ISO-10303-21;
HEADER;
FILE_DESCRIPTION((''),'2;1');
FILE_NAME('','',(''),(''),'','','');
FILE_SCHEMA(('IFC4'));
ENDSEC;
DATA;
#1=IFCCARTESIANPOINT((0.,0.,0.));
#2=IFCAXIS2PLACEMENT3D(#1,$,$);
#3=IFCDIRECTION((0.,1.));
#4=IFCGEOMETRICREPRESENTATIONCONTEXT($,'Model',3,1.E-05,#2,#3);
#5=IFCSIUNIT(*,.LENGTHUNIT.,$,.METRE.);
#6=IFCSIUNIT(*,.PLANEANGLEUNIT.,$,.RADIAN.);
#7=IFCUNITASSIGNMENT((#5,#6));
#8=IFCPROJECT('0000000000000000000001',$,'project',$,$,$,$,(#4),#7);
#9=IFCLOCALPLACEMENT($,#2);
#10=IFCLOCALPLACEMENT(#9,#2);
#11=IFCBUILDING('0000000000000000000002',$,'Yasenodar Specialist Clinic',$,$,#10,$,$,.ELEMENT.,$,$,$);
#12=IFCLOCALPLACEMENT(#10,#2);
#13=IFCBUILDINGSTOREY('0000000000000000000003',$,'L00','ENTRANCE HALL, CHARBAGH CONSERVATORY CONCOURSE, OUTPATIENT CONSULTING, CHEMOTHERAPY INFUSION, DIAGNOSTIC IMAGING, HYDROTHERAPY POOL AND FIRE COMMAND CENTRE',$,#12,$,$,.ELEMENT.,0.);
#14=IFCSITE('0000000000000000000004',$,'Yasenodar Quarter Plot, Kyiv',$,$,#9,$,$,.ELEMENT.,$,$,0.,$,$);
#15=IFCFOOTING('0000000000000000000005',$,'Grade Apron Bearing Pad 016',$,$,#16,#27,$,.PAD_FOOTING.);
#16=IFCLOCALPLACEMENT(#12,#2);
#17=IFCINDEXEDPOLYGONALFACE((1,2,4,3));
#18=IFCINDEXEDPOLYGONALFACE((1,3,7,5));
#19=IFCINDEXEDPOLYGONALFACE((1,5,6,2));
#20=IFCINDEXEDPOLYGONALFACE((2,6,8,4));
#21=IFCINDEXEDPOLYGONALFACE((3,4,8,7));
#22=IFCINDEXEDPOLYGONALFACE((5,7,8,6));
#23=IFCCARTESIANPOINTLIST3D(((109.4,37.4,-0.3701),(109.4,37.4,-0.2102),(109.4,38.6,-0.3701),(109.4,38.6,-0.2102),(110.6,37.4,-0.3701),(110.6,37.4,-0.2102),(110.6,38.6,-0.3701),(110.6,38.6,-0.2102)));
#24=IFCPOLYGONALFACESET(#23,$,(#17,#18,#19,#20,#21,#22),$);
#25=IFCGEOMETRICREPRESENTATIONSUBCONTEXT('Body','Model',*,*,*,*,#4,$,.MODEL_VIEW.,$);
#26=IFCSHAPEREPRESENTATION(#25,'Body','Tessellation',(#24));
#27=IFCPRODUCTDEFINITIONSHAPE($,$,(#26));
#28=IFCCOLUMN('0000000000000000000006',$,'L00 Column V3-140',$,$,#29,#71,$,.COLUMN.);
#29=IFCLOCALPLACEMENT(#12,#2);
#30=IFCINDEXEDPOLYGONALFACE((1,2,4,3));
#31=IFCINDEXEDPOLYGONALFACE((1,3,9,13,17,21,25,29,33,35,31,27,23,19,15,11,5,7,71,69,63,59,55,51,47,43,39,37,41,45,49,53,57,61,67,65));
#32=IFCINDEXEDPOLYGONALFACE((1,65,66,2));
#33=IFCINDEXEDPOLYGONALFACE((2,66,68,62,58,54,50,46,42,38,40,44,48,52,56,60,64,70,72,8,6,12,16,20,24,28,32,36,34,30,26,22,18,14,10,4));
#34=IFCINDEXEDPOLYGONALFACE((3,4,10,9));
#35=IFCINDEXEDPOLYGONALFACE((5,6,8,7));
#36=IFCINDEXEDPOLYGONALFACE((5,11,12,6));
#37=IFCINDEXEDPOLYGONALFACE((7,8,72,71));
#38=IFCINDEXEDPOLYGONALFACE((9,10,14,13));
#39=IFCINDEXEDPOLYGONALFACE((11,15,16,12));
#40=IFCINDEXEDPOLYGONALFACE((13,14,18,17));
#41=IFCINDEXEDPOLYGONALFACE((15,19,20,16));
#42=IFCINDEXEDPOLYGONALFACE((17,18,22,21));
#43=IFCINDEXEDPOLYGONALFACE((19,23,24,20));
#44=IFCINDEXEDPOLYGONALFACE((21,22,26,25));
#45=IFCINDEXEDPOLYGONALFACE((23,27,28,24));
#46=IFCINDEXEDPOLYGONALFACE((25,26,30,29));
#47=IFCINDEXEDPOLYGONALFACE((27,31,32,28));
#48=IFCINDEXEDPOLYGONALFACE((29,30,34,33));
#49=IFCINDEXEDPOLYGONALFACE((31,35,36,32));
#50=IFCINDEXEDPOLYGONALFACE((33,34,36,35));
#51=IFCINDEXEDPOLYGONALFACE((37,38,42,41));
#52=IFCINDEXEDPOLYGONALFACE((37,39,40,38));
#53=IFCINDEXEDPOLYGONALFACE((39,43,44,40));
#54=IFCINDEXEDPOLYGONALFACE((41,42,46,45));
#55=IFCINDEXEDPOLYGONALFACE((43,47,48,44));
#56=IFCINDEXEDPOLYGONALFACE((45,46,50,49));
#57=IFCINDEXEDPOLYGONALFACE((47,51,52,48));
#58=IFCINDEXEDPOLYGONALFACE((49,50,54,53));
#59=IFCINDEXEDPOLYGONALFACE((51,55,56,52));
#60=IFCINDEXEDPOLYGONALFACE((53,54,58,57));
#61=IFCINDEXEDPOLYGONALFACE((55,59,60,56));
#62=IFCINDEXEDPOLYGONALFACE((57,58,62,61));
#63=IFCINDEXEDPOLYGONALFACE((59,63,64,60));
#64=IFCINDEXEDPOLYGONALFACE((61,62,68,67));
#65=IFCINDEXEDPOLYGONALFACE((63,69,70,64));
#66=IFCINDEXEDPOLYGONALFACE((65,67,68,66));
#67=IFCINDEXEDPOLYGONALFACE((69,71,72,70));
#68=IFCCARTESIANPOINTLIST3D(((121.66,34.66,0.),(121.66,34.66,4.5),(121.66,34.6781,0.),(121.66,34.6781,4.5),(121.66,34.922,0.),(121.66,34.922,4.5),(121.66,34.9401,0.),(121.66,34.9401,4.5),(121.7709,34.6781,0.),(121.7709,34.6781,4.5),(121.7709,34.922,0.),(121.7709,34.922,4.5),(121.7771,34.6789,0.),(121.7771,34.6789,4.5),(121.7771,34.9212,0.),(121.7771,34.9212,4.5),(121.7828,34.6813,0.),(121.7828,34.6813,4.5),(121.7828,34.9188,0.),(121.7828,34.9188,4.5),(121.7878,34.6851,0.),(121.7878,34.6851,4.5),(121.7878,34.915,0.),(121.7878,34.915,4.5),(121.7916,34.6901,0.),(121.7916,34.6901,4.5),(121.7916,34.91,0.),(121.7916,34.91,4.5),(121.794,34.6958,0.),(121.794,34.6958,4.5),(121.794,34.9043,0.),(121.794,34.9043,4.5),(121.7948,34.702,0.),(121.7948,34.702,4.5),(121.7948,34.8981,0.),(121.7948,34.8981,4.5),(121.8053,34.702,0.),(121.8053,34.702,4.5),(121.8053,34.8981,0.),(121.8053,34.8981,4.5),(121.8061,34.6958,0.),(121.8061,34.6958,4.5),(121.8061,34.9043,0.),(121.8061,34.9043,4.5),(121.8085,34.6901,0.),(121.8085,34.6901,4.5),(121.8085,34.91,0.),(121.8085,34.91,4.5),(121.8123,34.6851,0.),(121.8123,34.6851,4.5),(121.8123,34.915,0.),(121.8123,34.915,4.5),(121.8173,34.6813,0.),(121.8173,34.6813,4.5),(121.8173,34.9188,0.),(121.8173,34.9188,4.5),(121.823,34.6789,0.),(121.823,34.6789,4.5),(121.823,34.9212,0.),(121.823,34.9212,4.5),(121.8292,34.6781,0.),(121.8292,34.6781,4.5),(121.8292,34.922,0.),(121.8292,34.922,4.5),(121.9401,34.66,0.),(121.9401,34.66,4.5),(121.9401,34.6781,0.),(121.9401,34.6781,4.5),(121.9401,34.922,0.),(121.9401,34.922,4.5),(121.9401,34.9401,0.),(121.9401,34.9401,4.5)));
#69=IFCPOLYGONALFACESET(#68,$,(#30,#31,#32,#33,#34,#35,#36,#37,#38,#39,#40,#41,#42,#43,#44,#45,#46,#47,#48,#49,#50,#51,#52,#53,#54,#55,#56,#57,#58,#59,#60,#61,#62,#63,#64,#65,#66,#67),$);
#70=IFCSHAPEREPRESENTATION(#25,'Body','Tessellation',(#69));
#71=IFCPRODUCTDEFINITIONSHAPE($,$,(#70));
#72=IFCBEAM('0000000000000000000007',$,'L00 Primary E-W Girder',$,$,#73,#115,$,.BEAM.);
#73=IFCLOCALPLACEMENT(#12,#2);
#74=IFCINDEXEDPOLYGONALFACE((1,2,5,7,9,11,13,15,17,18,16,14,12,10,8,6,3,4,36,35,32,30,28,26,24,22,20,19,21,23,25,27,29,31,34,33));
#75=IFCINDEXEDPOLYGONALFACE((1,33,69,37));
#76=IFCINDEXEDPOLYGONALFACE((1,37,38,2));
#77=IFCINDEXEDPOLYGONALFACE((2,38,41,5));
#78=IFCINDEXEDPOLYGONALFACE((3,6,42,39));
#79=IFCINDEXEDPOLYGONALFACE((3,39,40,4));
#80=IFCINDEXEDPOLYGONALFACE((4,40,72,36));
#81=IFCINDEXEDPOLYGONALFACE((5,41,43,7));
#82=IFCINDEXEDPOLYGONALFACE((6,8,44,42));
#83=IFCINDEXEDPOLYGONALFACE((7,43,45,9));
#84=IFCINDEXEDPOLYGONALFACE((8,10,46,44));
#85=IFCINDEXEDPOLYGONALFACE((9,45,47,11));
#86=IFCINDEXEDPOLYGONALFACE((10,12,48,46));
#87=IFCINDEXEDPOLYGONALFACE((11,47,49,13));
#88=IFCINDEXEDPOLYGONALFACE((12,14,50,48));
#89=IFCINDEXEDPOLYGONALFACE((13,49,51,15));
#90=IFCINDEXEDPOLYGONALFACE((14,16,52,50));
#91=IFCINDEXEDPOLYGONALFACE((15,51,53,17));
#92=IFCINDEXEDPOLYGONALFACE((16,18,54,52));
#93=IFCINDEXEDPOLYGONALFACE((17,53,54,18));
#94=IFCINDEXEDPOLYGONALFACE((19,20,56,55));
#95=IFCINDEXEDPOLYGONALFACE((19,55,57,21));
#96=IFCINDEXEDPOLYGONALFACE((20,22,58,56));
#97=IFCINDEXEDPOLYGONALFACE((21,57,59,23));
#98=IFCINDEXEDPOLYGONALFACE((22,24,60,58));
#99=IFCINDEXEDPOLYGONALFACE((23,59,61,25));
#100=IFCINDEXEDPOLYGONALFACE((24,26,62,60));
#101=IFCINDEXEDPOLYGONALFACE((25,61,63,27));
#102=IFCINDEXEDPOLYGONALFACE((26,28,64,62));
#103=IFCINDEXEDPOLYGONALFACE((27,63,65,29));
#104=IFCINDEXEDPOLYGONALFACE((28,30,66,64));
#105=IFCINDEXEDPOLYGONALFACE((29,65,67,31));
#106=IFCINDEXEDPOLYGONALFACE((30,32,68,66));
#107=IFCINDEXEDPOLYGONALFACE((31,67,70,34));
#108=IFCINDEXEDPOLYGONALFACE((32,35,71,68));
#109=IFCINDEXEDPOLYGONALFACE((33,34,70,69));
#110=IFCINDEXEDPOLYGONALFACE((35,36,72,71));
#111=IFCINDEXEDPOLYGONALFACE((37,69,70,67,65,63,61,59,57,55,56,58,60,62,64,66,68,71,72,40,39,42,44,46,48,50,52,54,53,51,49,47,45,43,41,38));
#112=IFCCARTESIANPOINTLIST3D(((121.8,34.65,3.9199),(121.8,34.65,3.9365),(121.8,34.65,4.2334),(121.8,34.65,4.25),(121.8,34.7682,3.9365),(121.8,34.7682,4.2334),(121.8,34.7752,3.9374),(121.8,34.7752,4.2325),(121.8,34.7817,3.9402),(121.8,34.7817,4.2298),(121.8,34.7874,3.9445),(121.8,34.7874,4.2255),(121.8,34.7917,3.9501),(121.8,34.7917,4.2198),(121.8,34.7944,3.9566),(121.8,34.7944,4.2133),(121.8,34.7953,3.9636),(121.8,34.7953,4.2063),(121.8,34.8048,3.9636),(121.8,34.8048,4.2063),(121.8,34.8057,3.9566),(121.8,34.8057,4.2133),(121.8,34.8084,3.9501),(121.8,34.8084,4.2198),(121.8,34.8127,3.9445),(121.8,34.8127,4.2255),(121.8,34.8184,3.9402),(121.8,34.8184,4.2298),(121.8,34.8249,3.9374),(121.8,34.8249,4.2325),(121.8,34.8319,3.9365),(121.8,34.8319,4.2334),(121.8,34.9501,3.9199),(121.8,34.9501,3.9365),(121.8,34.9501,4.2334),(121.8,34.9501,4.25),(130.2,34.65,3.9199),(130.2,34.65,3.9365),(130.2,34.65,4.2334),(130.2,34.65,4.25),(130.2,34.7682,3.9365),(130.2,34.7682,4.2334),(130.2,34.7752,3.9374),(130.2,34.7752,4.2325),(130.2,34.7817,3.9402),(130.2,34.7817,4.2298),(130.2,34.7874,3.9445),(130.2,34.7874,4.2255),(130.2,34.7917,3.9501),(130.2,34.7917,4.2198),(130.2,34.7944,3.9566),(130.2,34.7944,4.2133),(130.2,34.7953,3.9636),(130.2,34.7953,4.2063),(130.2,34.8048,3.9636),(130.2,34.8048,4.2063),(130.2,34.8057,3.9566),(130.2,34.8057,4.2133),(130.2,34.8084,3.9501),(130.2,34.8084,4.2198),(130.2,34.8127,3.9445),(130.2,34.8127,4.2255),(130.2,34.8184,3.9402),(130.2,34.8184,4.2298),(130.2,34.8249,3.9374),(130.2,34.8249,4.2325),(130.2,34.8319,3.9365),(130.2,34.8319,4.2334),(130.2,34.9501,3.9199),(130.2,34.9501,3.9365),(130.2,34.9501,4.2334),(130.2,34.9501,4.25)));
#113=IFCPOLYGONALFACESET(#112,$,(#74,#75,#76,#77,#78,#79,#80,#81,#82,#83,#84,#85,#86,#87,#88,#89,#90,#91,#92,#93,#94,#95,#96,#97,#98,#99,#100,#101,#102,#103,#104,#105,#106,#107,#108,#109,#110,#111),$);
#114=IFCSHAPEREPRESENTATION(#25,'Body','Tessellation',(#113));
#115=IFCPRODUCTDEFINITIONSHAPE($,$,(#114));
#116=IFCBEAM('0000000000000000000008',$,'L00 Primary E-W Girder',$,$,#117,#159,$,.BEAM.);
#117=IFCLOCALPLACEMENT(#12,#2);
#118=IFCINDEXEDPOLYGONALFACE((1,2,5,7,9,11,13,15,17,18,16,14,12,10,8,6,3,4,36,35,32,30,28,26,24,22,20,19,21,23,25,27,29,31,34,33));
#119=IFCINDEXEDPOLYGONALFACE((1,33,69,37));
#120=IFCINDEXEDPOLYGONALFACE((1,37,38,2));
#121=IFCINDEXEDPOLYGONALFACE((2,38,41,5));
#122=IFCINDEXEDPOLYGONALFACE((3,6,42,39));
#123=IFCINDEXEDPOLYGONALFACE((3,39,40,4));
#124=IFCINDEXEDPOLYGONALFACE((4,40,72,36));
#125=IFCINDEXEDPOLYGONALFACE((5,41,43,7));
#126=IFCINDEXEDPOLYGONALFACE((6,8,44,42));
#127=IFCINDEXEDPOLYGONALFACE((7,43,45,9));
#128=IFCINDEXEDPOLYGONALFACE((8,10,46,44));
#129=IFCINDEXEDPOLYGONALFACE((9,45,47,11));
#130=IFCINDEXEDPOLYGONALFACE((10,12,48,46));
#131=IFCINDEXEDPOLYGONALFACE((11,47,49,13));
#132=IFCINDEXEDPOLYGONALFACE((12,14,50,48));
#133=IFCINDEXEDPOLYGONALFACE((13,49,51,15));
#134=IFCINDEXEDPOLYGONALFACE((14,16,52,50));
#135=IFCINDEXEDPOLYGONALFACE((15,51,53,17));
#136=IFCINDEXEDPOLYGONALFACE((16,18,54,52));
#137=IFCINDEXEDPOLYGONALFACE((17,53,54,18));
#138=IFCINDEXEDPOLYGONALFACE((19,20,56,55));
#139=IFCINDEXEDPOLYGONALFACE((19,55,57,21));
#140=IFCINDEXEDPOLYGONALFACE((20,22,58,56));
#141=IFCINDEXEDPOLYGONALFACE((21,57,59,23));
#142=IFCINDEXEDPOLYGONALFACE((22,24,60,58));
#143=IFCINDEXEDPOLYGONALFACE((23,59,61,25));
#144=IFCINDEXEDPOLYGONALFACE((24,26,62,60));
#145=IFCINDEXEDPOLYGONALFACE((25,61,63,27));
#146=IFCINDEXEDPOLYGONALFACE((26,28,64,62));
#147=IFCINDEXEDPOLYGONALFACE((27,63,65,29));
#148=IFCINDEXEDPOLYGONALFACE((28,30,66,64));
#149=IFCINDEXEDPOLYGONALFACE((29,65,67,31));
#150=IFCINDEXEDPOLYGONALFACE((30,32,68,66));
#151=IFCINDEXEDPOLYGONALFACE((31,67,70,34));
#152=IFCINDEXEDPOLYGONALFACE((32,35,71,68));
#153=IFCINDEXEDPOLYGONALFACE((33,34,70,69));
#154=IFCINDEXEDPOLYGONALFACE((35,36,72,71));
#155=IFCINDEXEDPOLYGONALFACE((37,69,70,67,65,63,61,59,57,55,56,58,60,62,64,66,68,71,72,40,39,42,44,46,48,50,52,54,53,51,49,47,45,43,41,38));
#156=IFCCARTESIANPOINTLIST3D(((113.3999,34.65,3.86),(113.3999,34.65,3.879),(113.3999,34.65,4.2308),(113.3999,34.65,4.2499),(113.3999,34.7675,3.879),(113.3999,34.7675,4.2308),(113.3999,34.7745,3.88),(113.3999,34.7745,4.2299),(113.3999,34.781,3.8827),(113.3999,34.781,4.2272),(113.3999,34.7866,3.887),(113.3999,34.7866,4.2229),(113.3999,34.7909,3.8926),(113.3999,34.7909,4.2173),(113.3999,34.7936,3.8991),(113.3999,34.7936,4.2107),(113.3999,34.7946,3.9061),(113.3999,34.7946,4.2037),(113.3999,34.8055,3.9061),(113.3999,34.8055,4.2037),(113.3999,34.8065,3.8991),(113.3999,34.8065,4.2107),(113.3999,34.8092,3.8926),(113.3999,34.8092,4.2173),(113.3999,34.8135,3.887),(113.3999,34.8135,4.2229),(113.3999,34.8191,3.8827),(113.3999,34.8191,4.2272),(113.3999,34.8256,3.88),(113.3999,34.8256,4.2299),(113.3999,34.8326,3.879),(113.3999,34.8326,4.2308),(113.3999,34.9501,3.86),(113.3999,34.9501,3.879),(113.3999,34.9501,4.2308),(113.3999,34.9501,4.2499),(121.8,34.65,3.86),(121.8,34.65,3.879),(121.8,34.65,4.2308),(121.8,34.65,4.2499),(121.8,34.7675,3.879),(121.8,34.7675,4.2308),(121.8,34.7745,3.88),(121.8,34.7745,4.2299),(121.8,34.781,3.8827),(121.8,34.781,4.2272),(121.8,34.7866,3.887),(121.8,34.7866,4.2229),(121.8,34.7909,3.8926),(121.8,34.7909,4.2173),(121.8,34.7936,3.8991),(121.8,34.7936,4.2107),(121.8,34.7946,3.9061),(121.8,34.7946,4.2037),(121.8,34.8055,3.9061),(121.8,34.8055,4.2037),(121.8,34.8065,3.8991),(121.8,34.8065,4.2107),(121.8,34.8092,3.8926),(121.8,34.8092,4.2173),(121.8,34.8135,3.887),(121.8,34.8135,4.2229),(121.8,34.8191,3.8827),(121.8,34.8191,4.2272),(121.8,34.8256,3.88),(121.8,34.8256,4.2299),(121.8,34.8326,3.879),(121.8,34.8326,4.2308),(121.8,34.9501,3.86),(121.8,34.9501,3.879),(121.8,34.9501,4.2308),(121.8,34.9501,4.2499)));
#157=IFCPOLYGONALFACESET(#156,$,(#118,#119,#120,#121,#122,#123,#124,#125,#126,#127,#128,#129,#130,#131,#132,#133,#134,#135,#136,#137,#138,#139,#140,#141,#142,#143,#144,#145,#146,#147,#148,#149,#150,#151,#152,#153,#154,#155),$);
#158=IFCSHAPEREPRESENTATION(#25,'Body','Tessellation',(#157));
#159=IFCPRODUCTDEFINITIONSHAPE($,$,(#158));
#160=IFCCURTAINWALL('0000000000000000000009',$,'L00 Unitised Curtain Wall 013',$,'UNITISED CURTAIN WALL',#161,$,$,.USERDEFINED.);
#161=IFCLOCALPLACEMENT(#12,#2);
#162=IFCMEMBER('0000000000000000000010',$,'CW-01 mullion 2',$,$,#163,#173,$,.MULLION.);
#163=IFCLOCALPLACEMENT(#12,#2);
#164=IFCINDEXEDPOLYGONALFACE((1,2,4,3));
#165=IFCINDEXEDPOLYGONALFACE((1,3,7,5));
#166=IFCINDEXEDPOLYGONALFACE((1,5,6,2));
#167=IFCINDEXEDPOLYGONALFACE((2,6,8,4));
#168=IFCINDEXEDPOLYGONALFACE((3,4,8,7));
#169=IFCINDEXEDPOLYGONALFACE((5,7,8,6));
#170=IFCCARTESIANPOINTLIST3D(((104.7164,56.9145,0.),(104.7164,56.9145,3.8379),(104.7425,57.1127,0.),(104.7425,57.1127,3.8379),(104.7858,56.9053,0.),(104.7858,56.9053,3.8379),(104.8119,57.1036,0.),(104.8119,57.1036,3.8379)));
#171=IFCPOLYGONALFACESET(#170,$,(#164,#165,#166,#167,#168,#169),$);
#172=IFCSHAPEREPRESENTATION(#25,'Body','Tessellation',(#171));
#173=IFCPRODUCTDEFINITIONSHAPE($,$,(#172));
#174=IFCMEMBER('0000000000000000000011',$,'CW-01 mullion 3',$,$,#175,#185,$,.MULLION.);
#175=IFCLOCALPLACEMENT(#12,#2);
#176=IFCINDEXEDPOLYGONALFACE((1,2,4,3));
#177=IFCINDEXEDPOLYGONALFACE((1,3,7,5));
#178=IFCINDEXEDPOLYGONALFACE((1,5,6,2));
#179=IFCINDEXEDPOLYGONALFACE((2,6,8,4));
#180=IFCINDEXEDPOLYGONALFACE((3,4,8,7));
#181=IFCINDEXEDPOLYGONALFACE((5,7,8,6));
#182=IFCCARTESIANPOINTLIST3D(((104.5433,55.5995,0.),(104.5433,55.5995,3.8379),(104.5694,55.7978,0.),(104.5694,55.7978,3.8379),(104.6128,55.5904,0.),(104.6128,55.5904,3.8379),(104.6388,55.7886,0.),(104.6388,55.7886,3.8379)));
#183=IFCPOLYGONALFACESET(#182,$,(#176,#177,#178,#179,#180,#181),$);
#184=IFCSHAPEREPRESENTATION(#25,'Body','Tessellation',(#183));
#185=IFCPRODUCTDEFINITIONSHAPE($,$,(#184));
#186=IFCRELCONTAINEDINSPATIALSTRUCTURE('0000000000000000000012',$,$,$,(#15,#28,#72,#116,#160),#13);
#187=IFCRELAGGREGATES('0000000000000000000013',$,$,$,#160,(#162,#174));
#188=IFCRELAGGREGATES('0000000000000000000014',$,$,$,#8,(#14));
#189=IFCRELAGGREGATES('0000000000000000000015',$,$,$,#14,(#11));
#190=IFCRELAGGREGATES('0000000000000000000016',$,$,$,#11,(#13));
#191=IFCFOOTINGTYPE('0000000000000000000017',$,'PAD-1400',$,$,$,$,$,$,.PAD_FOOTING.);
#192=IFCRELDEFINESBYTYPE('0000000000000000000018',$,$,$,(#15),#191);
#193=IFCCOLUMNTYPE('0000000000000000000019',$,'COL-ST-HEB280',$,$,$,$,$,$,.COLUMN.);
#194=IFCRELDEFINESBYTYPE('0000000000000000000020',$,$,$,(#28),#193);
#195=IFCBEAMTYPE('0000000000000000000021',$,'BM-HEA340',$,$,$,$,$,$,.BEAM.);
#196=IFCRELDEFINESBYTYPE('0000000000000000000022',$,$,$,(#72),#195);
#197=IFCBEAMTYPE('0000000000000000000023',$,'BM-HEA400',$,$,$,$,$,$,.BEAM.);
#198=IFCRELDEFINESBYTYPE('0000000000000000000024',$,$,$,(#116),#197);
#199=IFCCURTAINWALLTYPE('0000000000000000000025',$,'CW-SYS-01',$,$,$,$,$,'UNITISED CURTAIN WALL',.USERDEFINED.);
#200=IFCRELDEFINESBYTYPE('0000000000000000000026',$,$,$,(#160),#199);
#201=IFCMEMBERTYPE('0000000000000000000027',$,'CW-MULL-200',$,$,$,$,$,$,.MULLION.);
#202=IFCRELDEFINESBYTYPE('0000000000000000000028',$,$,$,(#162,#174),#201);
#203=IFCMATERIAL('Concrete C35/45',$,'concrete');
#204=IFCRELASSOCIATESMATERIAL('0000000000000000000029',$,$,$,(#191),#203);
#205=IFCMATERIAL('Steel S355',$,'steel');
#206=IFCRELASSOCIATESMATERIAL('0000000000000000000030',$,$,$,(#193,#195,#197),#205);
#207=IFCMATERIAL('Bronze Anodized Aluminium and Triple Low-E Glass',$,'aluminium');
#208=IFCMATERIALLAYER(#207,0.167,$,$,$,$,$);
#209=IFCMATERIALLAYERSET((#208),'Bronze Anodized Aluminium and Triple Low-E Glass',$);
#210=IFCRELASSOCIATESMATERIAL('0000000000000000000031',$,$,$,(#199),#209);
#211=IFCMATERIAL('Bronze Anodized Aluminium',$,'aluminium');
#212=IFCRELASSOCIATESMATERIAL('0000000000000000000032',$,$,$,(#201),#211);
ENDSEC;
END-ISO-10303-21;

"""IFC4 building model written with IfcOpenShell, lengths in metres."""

from ifc_helpers import new_model, si_unit, direction, frame, origin, origin_2d, place, context, subcontext, project, spatial, rectangle, i_section, extrude, material, layer, layer_set, material_profile, profile_set, type_object, element, aggregate, save


model = new_model("IFC4")

# Units and contexts
model_context = context("Model", 3, precision=1e-05, world=origin(), true_north=direction((0.0, 1.0)))
body_context = subcontext(model_context, "Body", "Model", "MODEL_VIEW")
ifc_project = project(units=[si_unit("LENGTHUNIT", "METRE"), si_unit("PLANEANGLEUNIT", "RADIAN")], contexts=[model_context])

# Site, building, storey
site_placement = place(None, origin())
site = spatial("IfcSite", under=ifc_project, at=site_placement, Name="Yasenodar Quarter Plot, Kyiv", CompositionType="ELEMENT", RefElevation=0.0)
building_placement = place(site_placement, origin())
building = spatial("IfcBuilding", under=site, at=building_placement, Name="Yasenodar Specialist Clinic", CompositionType="ELEMENT")
storey_placement = place(building_placement, origin())
storey = spatial("IfcBuildingStorey", under=building, at=storey_placement, Name="L00", Description="ENTRANCE HALL, CHARBAGH CONSERVATORY CONCOURSE, OUTPATIENT CONSULTING, CHEMOTHERAPY INFUSION, DIAGNOSTIC IMAGING, HYDROTHERAPY POOL AND FIRE COMMAND CENTRE", CompositionType="ELEMENT", Elevation=0.0)

# Footing
ifc_material_1 = material(Name="Concrete C35/45", Category="concrete")
footing_type = type_object("IfcFootingType", Name="PAD-1400", PredefinedType="PAD_FOOTING", material=ifc_material_1)
footing_placement = place(storey_placement, frame((110.0, 38.0, -0.3701), z_axis=(0.0, 0.0, 1.0), x_axis=(1.0, 0.0, 0.0)))
element("IfcFooting", 1, at=footing_placement, inside=storey, type_object=footing_type, Name="Grade Apron Bearing Pad 016", PredefinedType="PAD_FOOTING", context=body_context, shape_type="SweptSolid", body=[
    extrude(rectangle(XDim=1.2, YDim=1.2, at=origin_2d()), origin(), (0.0, 0.0, 1.0), 0.1599),
])

# Column
ifc_material_2 = material(Name="Steel S355", Category="steel")
ifc_material_profile_1 = material_profile(ifc_material_2, i_section(OverallWidth=0.28, OverallDepth=0.28, WebThickness=0.0105, FlangeThickness=0.0181, FilletRadius=0.0239, at=origin_2d()), Name="HEB 280")
ifc_profile_set_1 = profile_set([ifc_material_profile_1], Name="Steel S355")
column_type = type_object("IfcColumnType", Name="COL-ST-HEB280", PredefinedType="COLUMN", material=ifc_profile_set_1)
column_placement = place(storey_placement, frame((121.8, 34.8, 0.0), z_axis=(0.0, 0.0, 1.0), x_axis=(1.0, 0.0, 0.0)))
element("IfcColumn", 2, at=column_placement, inside=storey, type_object=column_type, Name="L00 Column V3-140", PredefinedType="COLUMN", context=body_context, shape_type="SweptSolid", body=[
    extrude(i_section(OverallWidth=0.28, OverallDepth=0.28, WebThickness=0.0105, FlangeThickness=0.0181, FilletRadius=0.0239, at=origin_2d()), origin(), (0.0, 0.0, 1.0), 4.5),
])

# Beams
ifc_material_profile_2 = material_profile(ifc_material_2, i_section(OverallWidth=0.3, OverallDepth=0.3301, WebThickness=0.0095, FlangeThickness=0.0166, FilletRadius=0.0271, at=origin_2d()), Name="HEA 340")
ifc_profile_set_2 = profile_set([ifc_material_profile_2], Name="Steel S355")
beam_type_1 = type_object("IfcBeamType", Name="BM-HEA340", PredefinedType="BEAM", material=ifc_profile_set_2)
beam_1_placement = place(storey_placement, frame((121.8, 34.8, 4.085), z_axis=(1.0, 0.0, 0.0), x_axis=(0.0, 1.0, 0.0)))
element("IfcBeam", 3, at=beam_1_placement, inside=storey, type_object=beam_type_1, Name="L00 Primary E-W Girder", PredefinedType="BEAM", context=body_context, shape_type="SweptSolid", body=[
    extrude(i_section(OverallWidth=0.3, OverallDepth=0.3301, WebThickness=0.0095, FlangeThickness=0.0166, FilletRadius=0.0271, at=origin_2d()), origin(), (0.0, 0.0, 1.0), 8.3999),
])
ifc_material_profile_3 = material_profile(ifc_material_2, i_section(OverallWidth=0.3, OverallDepth=0.3899, WebThickness=0.011, FlangeThickness=0.019, FilletRadius=0.0271, at=origin_2d()), Name="HEA 400")
ifc_profile_set_3 = profile_set([ifc_material_profile_3], Name="Steel S355")
beam_type_2 = type_object("IfcBeamType", Name="BM-HEA400", PredefinedType="BEAM", material=ifc_profile_set_3)
beam_2_placement = place(storey_placement, frame((113.3999, 34.8, 4.0549), z_axis=(1.0, 0.0, 0.0), x_axis=(0.0, 1.0, 0.0)))
element("IfcBeam", 4, at=beam_2_placement, inside=storey, type_object=beam_type_2, Name="L00 Primary E-W Girder", PredefinedType="BEAM", context=body_context, shape_type="SweptSolid", body=[
    extrude(i_section(OverallWidth=0.3, OverallDepth=0.3899, WebThickness=0.011, FlangeThickness=0.019, FilletRadius=0.0271, at=origin_2d()), origin(), (0.0, 0.0, 1.0), 8.4001),
])

# Curtain wall, members
ifc_material_3 = material(Name="Bronze Anodized Aluminium and Triple Low-E Glass", Category="aluminium")
ifc_layer_1 = layer(ifc_material_3, 0.167)
ifc_layer_set_1 = layer_set([ifc_layer_1], Name="Bronze Anodized Aluminium and Triple Low-E Glass")
curtain_wall_type = type_object("IfcCurtainWallType", Name="CW-SYS-01", ElementType="UNITISED CURTAIN WALL", PredefinedType="USERDEFINED", material=ifc_layer_set_1)
curtain_wall_placement = place(storey_placement, origin())
curtain_wall = element("IfcCurtainWall", 5, at=curtain_wall_placement, inside=storey, type_object=curtain_wall_type, Name="L00 Unitised Curtain Wall 013", ObjectType="UNITISED CURTAIN WALL", PredefinedType="USERDEFINED")
ifc_material_4 = material(Name="Bronze Anodized Aluminium", Category="aluminium")
ifc_material_profile_4 = material_profile(ifc_material_4, rectangle(XDim=0.0701, YDim=0.2, at=origin_2d()), Name="CW-MULL 70x200")
ifc_profile_set_4 = profile_set([ifc_material_profile_4], Name="Bronze Anodized Aluminium")
member_type_1 = type_object("IfcMemberType", Name="CW-MULL-200", PredefinedType="MULLION", material=ifc_profile_set_4)
member_1_placement = place(storey_placement, frame((104.7642, 57.009, 0.0), z_axis=(0.0, 0.0, 1.0), x_axis=(0.991447, -0.130512, 0.0)))
member_1 = element("IfcMember", 6, at=member_1_placement, type_object=member_type_1, Name="CW-01 mullion 2", PredefinedType="MULLION", context=body_context, shape_type="SweptSolid", body=[
    extrude(rectangle(XDim=0.0701, YDim=0.2, at=origin_2d()), origin(), (0.0, 0.0, 1.0), 3.8379),
])
member_2_placement = place(storey_placement, frame((104.5911, 55.6941, 0.0), z_axis=(0.0, 0.0, 1.0), x_axis=(0.991447, -0.130512, 0.0)))
member_2 = element("IfcMember", 7, at=member_2_placement, type_object=member_type_1, Name="CW-01 mullion 3", PredefinedType="MULLION", context=body_context, shape_type="SweptSolid", body=[
    extrude(rectangle(XDim=0.0701, YDim=0.2, at=origin_2d()), origin(), (0.0, 0.0, 1.0), 3.8379),
])
aggregate(curtain_wall, [member_1, member_2])

save(model, "model.ifc")
